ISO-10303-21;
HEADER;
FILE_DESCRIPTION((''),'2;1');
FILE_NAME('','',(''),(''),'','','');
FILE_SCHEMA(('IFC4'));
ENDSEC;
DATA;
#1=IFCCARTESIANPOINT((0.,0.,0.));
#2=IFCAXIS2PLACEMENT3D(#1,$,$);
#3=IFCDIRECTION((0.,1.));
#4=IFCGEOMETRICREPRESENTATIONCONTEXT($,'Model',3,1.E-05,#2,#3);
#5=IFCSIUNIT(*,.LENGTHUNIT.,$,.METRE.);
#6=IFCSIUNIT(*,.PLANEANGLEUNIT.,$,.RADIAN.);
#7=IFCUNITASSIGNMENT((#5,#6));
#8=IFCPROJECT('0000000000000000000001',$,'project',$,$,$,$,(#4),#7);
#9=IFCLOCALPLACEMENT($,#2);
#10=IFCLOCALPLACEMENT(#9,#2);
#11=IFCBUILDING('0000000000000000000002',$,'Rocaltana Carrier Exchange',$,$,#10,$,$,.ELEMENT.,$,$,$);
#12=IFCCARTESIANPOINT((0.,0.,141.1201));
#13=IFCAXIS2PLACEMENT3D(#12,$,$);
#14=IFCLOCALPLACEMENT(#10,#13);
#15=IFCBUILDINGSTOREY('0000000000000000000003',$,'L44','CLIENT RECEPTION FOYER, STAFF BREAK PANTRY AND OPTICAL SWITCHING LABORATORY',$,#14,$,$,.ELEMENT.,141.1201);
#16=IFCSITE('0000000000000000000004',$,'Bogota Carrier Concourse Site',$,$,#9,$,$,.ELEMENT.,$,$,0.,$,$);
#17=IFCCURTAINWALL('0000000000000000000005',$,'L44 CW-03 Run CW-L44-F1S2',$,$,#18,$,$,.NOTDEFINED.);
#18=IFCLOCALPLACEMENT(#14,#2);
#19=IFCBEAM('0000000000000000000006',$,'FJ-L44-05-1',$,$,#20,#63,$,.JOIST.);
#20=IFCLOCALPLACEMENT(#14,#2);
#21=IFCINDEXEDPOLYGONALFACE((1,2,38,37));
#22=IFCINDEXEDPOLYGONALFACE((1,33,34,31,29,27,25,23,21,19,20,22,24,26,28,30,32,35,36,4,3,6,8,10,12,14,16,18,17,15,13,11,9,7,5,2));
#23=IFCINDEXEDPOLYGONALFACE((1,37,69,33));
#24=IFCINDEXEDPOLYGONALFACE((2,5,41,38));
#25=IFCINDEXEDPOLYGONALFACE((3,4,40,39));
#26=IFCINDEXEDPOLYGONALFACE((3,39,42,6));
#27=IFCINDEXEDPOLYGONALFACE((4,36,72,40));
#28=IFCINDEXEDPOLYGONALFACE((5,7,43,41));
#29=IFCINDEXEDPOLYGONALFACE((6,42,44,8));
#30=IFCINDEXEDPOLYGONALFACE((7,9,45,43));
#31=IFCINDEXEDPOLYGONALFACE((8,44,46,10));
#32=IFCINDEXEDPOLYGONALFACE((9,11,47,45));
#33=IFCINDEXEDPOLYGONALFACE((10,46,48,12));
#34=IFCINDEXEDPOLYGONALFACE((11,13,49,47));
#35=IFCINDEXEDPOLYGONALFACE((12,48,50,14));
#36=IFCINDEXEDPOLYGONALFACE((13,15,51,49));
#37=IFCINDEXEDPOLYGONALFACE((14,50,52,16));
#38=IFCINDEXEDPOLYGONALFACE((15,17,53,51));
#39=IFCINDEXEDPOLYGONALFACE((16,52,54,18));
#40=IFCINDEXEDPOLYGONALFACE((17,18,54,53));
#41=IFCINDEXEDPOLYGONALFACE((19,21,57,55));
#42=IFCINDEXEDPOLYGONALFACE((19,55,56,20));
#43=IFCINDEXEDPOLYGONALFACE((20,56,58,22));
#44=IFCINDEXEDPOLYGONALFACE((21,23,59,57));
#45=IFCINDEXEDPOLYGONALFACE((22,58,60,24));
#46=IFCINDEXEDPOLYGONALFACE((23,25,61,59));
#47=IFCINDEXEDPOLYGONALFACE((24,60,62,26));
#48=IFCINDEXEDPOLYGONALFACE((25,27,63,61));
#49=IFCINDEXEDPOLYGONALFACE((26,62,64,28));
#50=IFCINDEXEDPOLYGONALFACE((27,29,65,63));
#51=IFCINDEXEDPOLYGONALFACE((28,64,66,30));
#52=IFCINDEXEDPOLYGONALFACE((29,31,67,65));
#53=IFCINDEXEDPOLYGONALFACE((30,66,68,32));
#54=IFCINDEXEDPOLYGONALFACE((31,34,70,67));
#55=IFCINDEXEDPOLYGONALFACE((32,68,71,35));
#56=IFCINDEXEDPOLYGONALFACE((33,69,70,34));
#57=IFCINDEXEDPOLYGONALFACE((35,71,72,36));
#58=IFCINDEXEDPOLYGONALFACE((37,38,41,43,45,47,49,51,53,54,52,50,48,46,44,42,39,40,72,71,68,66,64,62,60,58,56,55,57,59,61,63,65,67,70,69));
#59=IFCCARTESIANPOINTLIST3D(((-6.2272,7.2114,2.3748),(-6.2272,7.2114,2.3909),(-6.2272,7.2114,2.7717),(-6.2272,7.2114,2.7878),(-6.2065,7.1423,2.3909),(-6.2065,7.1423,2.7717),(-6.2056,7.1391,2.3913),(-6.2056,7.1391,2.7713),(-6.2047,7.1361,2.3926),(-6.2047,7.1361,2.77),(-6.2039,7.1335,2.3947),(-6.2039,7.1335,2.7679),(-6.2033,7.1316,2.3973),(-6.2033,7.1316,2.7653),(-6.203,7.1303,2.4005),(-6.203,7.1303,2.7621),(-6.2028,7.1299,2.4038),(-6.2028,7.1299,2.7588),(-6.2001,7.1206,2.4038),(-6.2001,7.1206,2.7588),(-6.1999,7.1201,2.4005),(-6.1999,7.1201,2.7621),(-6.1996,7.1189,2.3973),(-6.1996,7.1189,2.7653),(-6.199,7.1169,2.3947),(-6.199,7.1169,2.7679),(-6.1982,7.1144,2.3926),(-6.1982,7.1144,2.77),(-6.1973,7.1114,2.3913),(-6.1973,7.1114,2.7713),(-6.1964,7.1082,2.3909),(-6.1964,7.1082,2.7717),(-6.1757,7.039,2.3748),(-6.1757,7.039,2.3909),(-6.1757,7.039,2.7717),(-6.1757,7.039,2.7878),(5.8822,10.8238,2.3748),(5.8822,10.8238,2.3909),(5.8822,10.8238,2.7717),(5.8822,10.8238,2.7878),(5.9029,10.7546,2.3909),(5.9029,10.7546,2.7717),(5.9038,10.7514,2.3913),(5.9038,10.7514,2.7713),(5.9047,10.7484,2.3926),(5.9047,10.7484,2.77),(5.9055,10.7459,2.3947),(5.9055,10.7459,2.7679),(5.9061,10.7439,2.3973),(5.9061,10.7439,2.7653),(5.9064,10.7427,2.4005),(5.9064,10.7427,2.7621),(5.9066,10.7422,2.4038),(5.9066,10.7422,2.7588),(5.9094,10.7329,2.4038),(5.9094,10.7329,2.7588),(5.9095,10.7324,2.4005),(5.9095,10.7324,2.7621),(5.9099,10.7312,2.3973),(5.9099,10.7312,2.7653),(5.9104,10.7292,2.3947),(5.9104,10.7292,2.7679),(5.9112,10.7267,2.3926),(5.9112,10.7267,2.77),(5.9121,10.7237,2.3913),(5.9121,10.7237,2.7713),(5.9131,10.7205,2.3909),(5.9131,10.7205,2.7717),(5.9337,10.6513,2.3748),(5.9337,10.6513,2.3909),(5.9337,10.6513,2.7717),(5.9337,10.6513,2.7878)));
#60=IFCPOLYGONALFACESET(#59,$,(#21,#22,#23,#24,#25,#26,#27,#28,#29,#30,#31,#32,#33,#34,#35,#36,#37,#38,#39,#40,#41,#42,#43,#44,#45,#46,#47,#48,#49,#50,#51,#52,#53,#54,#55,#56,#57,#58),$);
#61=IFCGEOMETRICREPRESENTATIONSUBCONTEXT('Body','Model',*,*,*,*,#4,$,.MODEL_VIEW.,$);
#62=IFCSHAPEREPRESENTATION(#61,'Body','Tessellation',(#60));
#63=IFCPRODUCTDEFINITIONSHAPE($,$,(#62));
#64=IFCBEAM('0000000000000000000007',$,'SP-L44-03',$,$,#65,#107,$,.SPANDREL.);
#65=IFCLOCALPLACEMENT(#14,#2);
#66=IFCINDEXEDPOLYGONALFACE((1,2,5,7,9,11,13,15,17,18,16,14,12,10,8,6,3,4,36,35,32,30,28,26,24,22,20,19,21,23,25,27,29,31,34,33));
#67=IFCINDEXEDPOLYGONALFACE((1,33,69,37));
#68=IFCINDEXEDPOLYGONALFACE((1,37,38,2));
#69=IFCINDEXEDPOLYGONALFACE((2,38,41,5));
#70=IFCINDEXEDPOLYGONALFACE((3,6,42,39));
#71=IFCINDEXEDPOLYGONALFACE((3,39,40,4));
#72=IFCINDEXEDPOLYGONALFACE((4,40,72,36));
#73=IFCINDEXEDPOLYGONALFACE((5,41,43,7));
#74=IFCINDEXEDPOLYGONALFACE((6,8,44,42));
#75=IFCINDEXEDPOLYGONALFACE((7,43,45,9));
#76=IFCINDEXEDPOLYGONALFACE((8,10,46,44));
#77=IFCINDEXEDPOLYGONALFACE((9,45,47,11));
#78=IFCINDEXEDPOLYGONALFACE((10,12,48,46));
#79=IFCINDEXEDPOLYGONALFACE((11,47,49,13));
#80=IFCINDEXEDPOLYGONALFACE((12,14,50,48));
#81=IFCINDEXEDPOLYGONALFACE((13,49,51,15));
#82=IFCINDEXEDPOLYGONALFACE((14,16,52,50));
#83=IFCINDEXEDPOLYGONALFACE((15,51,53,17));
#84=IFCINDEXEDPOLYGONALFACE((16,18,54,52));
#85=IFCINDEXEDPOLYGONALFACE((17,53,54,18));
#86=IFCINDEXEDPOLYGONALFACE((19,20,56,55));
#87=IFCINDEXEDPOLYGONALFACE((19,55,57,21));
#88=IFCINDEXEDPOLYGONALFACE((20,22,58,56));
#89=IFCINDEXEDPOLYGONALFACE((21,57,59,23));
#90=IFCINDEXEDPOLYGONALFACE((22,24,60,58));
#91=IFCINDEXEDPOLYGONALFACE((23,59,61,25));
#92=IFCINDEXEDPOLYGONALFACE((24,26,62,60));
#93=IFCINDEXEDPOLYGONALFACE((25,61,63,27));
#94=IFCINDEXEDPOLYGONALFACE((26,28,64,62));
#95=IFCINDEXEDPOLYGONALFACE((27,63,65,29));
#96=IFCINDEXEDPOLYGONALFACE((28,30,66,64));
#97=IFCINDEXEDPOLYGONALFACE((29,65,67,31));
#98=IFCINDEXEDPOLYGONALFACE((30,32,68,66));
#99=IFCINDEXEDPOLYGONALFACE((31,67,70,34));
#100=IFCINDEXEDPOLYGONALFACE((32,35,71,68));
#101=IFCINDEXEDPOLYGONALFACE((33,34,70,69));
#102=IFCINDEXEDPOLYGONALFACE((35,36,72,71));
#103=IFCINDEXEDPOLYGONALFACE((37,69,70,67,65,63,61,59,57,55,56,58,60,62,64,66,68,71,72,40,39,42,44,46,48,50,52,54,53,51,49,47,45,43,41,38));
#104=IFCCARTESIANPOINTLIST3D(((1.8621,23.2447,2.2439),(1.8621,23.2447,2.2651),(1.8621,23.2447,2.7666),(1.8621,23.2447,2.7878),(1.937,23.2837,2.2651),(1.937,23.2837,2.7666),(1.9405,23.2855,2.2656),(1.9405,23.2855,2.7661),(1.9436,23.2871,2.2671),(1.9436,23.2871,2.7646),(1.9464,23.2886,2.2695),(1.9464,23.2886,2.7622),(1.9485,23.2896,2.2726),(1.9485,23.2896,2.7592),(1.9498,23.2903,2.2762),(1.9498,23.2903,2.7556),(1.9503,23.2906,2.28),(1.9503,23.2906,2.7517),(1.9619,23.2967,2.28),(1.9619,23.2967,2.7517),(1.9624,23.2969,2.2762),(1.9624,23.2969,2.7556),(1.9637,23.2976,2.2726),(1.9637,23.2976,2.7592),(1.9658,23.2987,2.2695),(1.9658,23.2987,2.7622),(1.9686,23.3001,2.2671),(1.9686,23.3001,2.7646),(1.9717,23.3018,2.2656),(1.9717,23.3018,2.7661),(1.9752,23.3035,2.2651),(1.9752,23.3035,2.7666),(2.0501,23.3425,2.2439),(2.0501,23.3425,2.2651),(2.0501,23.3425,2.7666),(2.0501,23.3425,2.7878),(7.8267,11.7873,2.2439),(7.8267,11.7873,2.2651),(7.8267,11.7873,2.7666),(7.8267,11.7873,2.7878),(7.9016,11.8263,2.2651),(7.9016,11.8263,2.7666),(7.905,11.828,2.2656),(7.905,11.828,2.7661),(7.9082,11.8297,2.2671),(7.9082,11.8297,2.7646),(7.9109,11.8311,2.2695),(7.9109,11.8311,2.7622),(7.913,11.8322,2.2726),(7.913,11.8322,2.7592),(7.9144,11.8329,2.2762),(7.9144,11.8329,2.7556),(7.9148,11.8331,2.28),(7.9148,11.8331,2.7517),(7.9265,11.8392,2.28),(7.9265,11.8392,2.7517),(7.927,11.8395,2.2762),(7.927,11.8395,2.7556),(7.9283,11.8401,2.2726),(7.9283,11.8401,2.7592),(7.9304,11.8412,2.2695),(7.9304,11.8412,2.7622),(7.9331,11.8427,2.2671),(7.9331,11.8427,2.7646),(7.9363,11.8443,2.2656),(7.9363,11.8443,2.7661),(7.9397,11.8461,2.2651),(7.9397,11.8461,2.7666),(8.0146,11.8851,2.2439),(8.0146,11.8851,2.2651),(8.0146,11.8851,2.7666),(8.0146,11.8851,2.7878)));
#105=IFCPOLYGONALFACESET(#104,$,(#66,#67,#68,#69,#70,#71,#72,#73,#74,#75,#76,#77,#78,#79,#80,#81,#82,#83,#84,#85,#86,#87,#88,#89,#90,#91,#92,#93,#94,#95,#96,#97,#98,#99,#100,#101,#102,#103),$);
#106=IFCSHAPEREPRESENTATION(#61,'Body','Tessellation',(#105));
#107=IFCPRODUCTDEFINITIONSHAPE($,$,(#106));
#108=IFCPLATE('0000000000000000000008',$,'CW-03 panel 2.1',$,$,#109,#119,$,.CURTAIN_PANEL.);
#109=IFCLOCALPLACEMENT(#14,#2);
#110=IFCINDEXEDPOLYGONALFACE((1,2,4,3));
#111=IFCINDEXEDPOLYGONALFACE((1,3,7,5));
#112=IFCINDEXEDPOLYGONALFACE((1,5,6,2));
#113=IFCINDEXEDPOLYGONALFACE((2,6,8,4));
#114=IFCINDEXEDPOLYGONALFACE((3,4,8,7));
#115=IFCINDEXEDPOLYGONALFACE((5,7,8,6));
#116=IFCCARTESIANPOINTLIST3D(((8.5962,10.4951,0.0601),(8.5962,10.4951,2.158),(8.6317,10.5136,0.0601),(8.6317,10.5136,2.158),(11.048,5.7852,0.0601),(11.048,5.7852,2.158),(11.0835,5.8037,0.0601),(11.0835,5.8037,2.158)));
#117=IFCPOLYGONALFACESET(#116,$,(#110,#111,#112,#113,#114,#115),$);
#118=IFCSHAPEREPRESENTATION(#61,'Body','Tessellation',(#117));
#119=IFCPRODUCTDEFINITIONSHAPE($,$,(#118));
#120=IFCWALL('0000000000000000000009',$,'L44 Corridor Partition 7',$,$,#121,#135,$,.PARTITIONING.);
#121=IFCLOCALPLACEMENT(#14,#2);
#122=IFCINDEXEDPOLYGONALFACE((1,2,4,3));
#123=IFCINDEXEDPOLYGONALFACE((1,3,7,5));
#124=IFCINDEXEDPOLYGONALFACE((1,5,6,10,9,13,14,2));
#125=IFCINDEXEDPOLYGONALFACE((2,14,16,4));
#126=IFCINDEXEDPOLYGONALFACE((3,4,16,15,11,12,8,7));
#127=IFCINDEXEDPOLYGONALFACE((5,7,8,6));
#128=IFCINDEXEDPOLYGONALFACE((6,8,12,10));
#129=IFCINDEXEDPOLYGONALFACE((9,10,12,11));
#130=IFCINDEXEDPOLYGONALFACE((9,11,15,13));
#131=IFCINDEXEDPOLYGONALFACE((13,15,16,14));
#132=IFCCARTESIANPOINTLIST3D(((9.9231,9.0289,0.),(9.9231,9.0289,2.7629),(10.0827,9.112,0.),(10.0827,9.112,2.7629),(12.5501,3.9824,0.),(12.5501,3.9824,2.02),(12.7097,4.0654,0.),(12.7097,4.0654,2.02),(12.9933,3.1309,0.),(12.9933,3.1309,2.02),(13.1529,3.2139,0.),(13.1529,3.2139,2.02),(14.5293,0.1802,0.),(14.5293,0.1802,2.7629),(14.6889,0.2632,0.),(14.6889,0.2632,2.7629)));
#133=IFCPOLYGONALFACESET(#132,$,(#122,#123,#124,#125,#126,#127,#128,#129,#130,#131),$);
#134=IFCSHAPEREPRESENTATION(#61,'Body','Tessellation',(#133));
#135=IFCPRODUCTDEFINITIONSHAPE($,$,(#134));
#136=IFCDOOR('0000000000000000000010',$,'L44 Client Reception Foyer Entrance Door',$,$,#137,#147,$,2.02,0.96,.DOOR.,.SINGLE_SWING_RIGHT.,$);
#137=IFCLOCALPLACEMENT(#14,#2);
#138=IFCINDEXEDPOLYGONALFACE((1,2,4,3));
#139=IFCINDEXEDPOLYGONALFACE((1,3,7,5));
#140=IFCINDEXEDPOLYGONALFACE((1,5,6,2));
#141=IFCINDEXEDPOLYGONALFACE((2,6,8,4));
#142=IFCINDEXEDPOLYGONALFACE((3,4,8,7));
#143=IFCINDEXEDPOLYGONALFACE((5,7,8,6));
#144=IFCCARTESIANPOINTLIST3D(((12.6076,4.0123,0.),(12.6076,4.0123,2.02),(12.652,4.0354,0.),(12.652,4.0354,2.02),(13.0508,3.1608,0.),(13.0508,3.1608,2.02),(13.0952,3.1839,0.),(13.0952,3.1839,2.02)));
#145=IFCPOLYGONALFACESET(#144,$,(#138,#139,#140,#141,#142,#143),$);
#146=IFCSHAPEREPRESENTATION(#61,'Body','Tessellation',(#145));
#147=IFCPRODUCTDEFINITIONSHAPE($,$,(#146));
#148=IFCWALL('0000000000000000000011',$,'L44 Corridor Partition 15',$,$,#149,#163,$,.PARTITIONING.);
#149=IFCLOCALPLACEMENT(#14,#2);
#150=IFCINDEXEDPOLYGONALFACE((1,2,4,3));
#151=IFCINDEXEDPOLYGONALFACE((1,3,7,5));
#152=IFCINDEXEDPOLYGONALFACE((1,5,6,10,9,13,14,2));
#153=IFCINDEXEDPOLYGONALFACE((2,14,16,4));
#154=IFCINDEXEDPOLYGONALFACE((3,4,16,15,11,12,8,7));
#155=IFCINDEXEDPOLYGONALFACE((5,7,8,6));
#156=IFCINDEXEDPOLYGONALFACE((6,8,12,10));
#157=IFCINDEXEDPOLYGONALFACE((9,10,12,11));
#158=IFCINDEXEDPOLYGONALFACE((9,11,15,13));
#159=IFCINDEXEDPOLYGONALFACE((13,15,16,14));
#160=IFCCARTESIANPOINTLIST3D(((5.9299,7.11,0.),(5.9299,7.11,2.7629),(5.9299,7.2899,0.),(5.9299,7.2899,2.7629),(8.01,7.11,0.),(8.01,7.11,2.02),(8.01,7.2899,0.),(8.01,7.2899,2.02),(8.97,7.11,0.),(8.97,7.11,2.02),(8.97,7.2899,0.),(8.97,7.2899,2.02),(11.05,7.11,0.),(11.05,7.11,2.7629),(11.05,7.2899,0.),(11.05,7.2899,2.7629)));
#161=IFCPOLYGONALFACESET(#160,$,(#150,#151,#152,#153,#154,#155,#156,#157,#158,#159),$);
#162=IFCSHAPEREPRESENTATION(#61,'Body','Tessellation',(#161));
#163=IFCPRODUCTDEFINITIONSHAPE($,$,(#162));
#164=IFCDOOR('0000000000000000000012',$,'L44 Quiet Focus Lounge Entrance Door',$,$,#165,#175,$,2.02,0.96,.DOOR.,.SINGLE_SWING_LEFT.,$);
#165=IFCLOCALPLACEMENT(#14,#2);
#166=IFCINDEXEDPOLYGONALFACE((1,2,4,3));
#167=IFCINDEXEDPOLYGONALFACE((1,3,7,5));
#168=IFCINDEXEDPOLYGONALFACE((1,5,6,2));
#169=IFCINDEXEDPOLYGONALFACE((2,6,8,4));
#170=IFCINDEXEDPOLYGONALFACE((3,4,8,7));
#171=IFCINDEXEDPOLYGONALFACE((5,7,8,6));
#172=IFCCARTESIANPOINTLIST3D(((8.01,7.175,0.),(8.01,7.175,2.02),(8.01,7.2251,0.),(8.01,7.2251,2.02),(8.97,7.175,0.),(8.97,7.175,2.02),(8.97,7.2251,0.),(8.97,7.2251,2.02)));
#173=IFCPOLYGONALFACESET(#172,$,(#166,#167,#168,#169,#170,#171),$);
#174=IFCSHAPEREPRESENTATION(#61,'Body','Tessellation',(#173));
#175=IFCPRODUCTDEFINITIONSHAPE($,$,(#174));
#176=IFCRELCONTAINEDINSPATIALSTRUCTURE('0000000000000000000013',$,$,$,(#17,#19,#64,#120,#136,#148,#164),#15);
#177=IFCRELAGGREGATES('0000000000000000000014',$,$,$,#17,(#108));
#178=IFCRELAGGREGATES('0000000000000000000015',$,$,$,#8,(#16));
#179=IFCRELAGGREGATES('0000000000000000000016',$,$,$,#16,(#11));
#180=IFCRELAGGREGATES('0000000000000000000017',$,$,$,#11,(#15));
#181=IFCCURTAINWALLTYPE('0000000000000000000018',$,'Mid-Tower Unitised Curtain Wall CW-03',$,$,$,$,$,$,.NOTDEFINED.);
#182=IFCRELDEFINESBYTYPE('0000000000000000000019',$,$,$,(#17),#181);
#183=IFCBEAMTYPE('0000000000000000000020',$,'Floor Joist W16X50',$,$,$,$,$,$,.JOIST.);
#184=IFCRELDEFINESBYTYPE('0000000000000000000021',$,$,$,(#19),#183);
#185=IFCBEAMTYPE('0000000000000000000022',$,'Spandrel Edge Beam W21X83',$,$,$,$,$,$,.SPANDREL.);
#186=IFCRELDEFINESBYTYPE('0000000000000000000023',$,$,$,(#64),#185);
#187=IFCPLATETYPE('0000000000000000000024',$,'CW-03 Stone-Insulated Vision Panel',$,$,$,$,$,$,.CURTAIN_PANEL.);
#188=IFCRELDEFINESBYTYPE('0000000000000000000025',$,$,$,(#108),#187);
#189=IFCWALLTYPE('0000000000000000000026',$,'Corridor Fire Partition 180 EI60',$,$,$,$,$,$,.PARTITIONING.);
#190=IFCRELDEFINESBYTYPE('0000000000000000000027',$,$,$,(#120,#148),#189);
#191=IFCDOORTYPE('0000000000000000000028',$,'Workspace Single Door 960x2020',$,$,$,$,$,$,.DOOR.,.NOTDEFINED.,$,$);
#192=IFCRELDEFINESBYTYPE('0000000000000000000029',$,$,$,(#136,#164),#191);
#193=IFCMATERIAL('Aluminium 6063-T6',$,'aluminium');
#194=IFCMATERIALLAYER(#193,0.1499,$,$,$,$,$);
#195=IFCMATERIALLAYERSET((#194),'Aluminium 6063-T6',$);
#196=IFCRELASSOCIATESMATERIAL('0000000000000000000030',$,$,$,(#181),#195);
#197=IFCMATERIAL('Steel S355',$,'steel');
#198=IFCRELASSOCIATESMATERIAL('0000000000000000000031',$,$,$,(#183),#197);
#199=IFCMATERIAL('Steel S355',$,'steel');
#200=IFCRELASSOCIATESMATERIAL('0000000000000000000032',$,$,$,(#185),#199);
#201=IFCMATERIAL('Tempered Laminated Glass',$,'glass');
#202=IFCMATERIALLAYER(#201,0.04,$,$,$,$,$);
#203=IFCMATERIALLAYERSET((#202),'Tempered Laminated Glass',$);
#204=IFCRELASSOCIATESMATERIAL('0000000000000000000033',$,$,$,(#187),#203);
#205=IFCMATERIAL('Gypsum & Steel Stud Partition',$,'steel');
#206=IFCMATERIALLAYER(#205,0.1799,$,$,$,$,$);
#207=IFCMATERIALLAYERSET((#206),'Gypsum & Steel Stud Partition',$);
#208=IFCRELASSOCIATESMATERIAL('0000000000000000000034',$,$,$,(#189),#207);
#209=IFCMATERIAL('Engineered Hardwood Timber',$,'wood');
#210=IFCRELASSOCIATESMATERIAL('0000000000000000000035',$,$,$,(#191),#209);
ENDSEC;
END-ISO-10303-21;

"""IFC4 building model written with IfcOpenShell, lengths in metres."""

from ifc_helpers import new_model, si_unit, direction, frame, frame_2d, origin, origin_2d, place, context, subcontext, project, spatial, rectangle, i_section, extrude, material, layer, layer_set, material_profile, profile_set, type_object, element, fill, aggregate, save


model = new_model("IFC4")

# Units and contexts
model_context = context("Model", 3, precision=1e-05, world=origin(), true_north=direction((0.0, 1.0)))
body_context = subcontext(model_context, "Body", "Model", "MODEL_VIEW")
ifc_project = project(units=[si_unit("LENGTHUNIT", "METRE"), si_unit("PLANEANGLEUNIT", "RADIAN")], contexts=[model_context])

# Site, building, storey
site_placement = place(None, origin())
site = spatial("IfcSite", under=ifc_project, at=site_placement, Name="Bogota Carrier Concourse Site", CompositionType="ELEMENT", RefElevation=0.0)
building_placement = place(site_placement, origin())
building = spatial("IfcBuilding", under=site, at=building_placement, Name="Rocaltana Carrier Exchange", CompositionType="ELEMENT")
storey_placement = place(building_placement, frame((0.0, 0.0, 141.1201)))
storey = spatial("IfcBuildingStorey", under=building, at=storey_placement, Name="L44", Description="CLIENT RECEPTION FOYER, STAFF BREAK PANTRY AND OPTICAL SWITCHING LABORATORY", CompositionType="ELEMENT", Elevation=141.1201)

# Curtain wall
ifc_material_1 = material(Name="Aluminium 6063-T6", Category="aluminium")
ifc_layer_1 = layer(ifc_material_1, 0.1499)
ifc_layer_set_1 = layer_set([ifc_layer_1], Name="Aluminium 6063-T6")
curtain_wall_type = type_object("IfcCurtainWallType", Name="Mid-Tower Unitised Curtain Wall CW-03", PredefinedType="NOTDEFINED", material=ifc_layer_set_1)
curtain_wall_placement = place(storey_placement, origin())
curtain_wall = element("IfcCurtainWall", 1, at=curtain_wall_placement, inside=storey, type_object=curtain_wall_type, Name="L44 CW-03 Run CW-L44-F1S2", PredefinedType="NOTDEFINED")

# Beams
ifc_material_2 = material(Name="Steel S355", Category="steel")
ifc_material_profile_1 = material_profile(ifc_material_2, i_section(OverallWidth=0.1799, OverallDepth=0.4131, WebThickness=0.0098, FlangeThickness=0.0161, FilletRadius=0.0129, at=origin_2d()), Name="W16X50")
ifc_profile_set_1 = profile_set([ifc_material_profile_1], Name="Steel S355")
beam_type_1 = type_object("IfcBeamType", Name="Floor Joist W16X50", PredefinedType="JOIST", material=ifc_profile_set_1)
beam_1_placement = place(storey_placement, frame((5.908, 10.7375, 2.5813), z_axis=(-0.958272, -0.285859, 0.0), x_axis=(0.285859, -0.958272, 0.0)))
element("IfcBeam", 2, at=beam_1_placement, inside=storey, type_object=beam_type_1, Name="FJ-L44-05-1", PredefinedType="JOIST", context=body_context, shape_type="SweptSolid", body=[
    extrude(i_section(OverallWidth=0.1799, OverallDepth=0.4131, WebThickness=0.0098, FlangeThickness=0.0161, FilletRadius=0.0129, at=origin_2d()), origin(), (0.0, 0.0, 1.0), 12.6367),
])
ifc_material_3 = material(Name="Steel S355", Category="steel")
ifc_material_profile_2 = material_profile(ifc_material_3, i_section(OverallWidth=0.2119, OverallDepth=0.5439, WebThickness=0.0132, FlangeThickness=0.0212, FilletRadius=0.0149, at=origin_2d()), Name="W21X83")
ifc_profile_set_2 = profile_set([ifc_material_profile_2], Name="Steel S355")
beam_type_2 = type_object("IfcBeamType", Name="Spandrel Edge Beam W21X83", PredefinedType="SPANDREL", material=ifc_profile_set_2)
beam_2_placement = place(storey_placement, frame((7.9207, 11.8362, 2.5159), z_axis=(-0.46176, 0.887005, 0.0), x_axis=(-0.887005, -0.46176, 0.0)))
element("IfcBeam", 3, at=beam_2_placement, inside=storey, type_object=beam_type_2, Name="SP-L44-03", PredefinedType="SPANDREL", context=body_context, shape_type="SweptSolid", body=[
    extrude(i_section(OverallWidth=0.2119, OverallDepth=0.5439, WebThickness=0.0132, FlangeThickness=0.0212, FilletRadius=0.0149, at=origin_2d()), origin(), (0.0, 0.0, 1.0), 12.917),
])

# Plate
ifc_material_4 = material(Name="Tempered Laminated Glass", Category="glass")
ifc_layer_2 = layer(ifc_material_4, 0.04)
ifc_layer_set_2 = layer_set([ifc_layer_2], Name="Tempered Laminated Glass")
plate_type = type_object("IfcPlateType", Name="CW-03 Stone-Insulated Vision Panel", PredefinedType="CURTAIN_PANEL", material=ifc_layer_set_2)
plate_placement = place(storey_placement, frame((9.8398, 8.1494, 0.0601), z_axis=(0.0, 0.0, 1.0), x_axis=(-0.461747, 0.887012, 0.0)))
plate = element("IfcPlate", 4, at=plate_placement, type_object=plate_type, Name="CW-03 panel 2.1", PredefinedType="CURTAIN_PANEL", context=body_context, shape_type="SweptSolid", body=[
    extrude(rectangle(XDim=5.3098, YDim=0.04, at=origin_2d()), origin(), (0.0, 0.0, 1.0), 2.0979),
])
aggregate(curtain_wall, [plate])

# Walls, openings, doors
ifc_material_5 = material(Name="Gypsum & Steel Stud Partition", Category="steel")
ifc_layer_3 = layer(ifc_material_5, 0.1799)
ifc_layer_set_3 = layer_set([ifc_layer_3], Name="Gypsum & Steel Stud Partition")
wall_type_1 = type_object("IfcWallType", Name="Corridor Fire Partition 180 EI60", PredefinedType="PARTITIONING", material=ifc_layer_set_3)
wall_1_placement = place(storey_placement, frame((10.0029, 9.0703, 0.0), z_axis=(0.0, 0.0, 1.0), x_axis=(0.46174, -0.887015, 0.0)))
wall_1 = element("IfcWall", 5, at=wall_1_placement, inside=storey, type_object=wall_type_1, Name="L44 Corridor Partition 7", PredefinedType="PARTITIONING", context=body_context, shape_type="SweptSolid", body=[
    extrude(rectangle(XDim=9.9758, YDim=0.1799, at=frame_2d((4.9878, 0.0))), origin(), (0.0, 0.0, 1.0), 2.7629),
])
opening_1_placement = place(wall_1_placement, frame((5.6892, 0.0, 0.0)))
opening_1 = element("IfcOpeningElement", 6, at=opening_1_placement, cuts=wall_1, PredefinedType="OPENING", context=body_context, shape_type="SweptSolid", body=[
    extrude(rectangle(XDim=0.96, YDim=2.02, at=frame_2d((0.48, 1.01))), frame((0.0, 0.0999, 0.0), z_axis=(0.0, -1.0, 0.0), x_axis=(1.0, 0.0, 0.0)), (0.0, 0.0, 1.0), 0.2),
])
ifc_material_6 = material(Name="Engineered Hardwood Timber", Category="wood")
door_type_1 = type_object("IfcDoorType", Name="Workspace Single Door 960x2020", OperationType="NOTDEFINED", PredefinedType="DOOR", material=ifc_material_6)
door_1_placement = place(opening_1_placement, origin())
door_1 = element("IfcDoor", 7, at=door_1_placement, inside=storey, type_object=door_type_1, Name="L44 Client Reception Foyer Entrance Door", OperationType="SINGLE_SWING_RIGHT", OverallHeight=2.02, OverallWidth=0.96, PredefinedType="DOOR", context=body_context, shape_type="SweptSolid", body=[
    extrude(rectangle(XDim=0.96, YDim=2.02, at=frame_2d((0.48, 1.01))), frame((0.0, 0.0249, 0.0), z_axis=(0.0, -1.0, 0.0), x_axis=(1.0, 0.0, 0.0)), (0.0, 0.0, 1.0), 0.05),
])
fill(opening_1, door_1)
wall_2_placement = place(storey_placement, frame((11.05, 7.2, 0.0), z_axis=(0.0, 0.0, 1.0), x_axis=(-1.0, 0.0, 0.0)))
wall_2 = element("IfcWall", 8, at=wall_2_placement, inside=storey, type_object=wall_type_1, Name="L44 Corridor Partition 15", PredefinedType="PARTITIONING", context=body_context, shape_type="SweptSolid", body=[
    extrude(rectangle(XDim=5.1201, YDim=0.1799, at=frame_2d((2.5601, 0.0))), origin(), (0.0, 0.0, 1.0), 2.7629),
])
opening_2_placement = place(wall_2_placement, frame((2.0801, 0.0, 0.0)))
opening_2 = element("IfcOpeningElement", 9, at=opening_2_placement, cuts=wall_2, PredefinedType="OPENING", context=body_context, shape_type="SweptSolid", body=[
    extrude(rectangle(XDim=0.96, YDim=2.02, at=frame_2d((0.48, 1.01))), frame((0.0, 0.0999, 0.0), z_axis=(0.0, -1.0, 0.0), x_axis=(1.0, 0.0, 0.0)), (0.0, 0.0, 1.0), 0.2),
])
door_2_placement = place(opening_2_placement, origin())
door_2 = element("IfcDoor", 10, at=door_2_placement, inside=storey, type_object=door_type_1, Name="L44 Quiet Focus Lounge Entrance Door", OperationType="SINGLE_SWING_LEFT", OverallHeight=2.02, OverallWidth=0.96, PredefinedType="DOOR", context=body_context, shape_type="SweptSolid", body=[
    extrude(rectangle(XDim=0.96, YDim=2.02, at=frame_2d((0.48, 1.01))), frame((0.0, 0.0249, 0.0), z_axis=(0.0, -1.0, 0.0), x_axis=(1.0, 0.0, 0.0)), (0.0, 0.0, 1.0), 0.05),
])
fill(opening_2, door_2)

save(model, "model.ifc")
